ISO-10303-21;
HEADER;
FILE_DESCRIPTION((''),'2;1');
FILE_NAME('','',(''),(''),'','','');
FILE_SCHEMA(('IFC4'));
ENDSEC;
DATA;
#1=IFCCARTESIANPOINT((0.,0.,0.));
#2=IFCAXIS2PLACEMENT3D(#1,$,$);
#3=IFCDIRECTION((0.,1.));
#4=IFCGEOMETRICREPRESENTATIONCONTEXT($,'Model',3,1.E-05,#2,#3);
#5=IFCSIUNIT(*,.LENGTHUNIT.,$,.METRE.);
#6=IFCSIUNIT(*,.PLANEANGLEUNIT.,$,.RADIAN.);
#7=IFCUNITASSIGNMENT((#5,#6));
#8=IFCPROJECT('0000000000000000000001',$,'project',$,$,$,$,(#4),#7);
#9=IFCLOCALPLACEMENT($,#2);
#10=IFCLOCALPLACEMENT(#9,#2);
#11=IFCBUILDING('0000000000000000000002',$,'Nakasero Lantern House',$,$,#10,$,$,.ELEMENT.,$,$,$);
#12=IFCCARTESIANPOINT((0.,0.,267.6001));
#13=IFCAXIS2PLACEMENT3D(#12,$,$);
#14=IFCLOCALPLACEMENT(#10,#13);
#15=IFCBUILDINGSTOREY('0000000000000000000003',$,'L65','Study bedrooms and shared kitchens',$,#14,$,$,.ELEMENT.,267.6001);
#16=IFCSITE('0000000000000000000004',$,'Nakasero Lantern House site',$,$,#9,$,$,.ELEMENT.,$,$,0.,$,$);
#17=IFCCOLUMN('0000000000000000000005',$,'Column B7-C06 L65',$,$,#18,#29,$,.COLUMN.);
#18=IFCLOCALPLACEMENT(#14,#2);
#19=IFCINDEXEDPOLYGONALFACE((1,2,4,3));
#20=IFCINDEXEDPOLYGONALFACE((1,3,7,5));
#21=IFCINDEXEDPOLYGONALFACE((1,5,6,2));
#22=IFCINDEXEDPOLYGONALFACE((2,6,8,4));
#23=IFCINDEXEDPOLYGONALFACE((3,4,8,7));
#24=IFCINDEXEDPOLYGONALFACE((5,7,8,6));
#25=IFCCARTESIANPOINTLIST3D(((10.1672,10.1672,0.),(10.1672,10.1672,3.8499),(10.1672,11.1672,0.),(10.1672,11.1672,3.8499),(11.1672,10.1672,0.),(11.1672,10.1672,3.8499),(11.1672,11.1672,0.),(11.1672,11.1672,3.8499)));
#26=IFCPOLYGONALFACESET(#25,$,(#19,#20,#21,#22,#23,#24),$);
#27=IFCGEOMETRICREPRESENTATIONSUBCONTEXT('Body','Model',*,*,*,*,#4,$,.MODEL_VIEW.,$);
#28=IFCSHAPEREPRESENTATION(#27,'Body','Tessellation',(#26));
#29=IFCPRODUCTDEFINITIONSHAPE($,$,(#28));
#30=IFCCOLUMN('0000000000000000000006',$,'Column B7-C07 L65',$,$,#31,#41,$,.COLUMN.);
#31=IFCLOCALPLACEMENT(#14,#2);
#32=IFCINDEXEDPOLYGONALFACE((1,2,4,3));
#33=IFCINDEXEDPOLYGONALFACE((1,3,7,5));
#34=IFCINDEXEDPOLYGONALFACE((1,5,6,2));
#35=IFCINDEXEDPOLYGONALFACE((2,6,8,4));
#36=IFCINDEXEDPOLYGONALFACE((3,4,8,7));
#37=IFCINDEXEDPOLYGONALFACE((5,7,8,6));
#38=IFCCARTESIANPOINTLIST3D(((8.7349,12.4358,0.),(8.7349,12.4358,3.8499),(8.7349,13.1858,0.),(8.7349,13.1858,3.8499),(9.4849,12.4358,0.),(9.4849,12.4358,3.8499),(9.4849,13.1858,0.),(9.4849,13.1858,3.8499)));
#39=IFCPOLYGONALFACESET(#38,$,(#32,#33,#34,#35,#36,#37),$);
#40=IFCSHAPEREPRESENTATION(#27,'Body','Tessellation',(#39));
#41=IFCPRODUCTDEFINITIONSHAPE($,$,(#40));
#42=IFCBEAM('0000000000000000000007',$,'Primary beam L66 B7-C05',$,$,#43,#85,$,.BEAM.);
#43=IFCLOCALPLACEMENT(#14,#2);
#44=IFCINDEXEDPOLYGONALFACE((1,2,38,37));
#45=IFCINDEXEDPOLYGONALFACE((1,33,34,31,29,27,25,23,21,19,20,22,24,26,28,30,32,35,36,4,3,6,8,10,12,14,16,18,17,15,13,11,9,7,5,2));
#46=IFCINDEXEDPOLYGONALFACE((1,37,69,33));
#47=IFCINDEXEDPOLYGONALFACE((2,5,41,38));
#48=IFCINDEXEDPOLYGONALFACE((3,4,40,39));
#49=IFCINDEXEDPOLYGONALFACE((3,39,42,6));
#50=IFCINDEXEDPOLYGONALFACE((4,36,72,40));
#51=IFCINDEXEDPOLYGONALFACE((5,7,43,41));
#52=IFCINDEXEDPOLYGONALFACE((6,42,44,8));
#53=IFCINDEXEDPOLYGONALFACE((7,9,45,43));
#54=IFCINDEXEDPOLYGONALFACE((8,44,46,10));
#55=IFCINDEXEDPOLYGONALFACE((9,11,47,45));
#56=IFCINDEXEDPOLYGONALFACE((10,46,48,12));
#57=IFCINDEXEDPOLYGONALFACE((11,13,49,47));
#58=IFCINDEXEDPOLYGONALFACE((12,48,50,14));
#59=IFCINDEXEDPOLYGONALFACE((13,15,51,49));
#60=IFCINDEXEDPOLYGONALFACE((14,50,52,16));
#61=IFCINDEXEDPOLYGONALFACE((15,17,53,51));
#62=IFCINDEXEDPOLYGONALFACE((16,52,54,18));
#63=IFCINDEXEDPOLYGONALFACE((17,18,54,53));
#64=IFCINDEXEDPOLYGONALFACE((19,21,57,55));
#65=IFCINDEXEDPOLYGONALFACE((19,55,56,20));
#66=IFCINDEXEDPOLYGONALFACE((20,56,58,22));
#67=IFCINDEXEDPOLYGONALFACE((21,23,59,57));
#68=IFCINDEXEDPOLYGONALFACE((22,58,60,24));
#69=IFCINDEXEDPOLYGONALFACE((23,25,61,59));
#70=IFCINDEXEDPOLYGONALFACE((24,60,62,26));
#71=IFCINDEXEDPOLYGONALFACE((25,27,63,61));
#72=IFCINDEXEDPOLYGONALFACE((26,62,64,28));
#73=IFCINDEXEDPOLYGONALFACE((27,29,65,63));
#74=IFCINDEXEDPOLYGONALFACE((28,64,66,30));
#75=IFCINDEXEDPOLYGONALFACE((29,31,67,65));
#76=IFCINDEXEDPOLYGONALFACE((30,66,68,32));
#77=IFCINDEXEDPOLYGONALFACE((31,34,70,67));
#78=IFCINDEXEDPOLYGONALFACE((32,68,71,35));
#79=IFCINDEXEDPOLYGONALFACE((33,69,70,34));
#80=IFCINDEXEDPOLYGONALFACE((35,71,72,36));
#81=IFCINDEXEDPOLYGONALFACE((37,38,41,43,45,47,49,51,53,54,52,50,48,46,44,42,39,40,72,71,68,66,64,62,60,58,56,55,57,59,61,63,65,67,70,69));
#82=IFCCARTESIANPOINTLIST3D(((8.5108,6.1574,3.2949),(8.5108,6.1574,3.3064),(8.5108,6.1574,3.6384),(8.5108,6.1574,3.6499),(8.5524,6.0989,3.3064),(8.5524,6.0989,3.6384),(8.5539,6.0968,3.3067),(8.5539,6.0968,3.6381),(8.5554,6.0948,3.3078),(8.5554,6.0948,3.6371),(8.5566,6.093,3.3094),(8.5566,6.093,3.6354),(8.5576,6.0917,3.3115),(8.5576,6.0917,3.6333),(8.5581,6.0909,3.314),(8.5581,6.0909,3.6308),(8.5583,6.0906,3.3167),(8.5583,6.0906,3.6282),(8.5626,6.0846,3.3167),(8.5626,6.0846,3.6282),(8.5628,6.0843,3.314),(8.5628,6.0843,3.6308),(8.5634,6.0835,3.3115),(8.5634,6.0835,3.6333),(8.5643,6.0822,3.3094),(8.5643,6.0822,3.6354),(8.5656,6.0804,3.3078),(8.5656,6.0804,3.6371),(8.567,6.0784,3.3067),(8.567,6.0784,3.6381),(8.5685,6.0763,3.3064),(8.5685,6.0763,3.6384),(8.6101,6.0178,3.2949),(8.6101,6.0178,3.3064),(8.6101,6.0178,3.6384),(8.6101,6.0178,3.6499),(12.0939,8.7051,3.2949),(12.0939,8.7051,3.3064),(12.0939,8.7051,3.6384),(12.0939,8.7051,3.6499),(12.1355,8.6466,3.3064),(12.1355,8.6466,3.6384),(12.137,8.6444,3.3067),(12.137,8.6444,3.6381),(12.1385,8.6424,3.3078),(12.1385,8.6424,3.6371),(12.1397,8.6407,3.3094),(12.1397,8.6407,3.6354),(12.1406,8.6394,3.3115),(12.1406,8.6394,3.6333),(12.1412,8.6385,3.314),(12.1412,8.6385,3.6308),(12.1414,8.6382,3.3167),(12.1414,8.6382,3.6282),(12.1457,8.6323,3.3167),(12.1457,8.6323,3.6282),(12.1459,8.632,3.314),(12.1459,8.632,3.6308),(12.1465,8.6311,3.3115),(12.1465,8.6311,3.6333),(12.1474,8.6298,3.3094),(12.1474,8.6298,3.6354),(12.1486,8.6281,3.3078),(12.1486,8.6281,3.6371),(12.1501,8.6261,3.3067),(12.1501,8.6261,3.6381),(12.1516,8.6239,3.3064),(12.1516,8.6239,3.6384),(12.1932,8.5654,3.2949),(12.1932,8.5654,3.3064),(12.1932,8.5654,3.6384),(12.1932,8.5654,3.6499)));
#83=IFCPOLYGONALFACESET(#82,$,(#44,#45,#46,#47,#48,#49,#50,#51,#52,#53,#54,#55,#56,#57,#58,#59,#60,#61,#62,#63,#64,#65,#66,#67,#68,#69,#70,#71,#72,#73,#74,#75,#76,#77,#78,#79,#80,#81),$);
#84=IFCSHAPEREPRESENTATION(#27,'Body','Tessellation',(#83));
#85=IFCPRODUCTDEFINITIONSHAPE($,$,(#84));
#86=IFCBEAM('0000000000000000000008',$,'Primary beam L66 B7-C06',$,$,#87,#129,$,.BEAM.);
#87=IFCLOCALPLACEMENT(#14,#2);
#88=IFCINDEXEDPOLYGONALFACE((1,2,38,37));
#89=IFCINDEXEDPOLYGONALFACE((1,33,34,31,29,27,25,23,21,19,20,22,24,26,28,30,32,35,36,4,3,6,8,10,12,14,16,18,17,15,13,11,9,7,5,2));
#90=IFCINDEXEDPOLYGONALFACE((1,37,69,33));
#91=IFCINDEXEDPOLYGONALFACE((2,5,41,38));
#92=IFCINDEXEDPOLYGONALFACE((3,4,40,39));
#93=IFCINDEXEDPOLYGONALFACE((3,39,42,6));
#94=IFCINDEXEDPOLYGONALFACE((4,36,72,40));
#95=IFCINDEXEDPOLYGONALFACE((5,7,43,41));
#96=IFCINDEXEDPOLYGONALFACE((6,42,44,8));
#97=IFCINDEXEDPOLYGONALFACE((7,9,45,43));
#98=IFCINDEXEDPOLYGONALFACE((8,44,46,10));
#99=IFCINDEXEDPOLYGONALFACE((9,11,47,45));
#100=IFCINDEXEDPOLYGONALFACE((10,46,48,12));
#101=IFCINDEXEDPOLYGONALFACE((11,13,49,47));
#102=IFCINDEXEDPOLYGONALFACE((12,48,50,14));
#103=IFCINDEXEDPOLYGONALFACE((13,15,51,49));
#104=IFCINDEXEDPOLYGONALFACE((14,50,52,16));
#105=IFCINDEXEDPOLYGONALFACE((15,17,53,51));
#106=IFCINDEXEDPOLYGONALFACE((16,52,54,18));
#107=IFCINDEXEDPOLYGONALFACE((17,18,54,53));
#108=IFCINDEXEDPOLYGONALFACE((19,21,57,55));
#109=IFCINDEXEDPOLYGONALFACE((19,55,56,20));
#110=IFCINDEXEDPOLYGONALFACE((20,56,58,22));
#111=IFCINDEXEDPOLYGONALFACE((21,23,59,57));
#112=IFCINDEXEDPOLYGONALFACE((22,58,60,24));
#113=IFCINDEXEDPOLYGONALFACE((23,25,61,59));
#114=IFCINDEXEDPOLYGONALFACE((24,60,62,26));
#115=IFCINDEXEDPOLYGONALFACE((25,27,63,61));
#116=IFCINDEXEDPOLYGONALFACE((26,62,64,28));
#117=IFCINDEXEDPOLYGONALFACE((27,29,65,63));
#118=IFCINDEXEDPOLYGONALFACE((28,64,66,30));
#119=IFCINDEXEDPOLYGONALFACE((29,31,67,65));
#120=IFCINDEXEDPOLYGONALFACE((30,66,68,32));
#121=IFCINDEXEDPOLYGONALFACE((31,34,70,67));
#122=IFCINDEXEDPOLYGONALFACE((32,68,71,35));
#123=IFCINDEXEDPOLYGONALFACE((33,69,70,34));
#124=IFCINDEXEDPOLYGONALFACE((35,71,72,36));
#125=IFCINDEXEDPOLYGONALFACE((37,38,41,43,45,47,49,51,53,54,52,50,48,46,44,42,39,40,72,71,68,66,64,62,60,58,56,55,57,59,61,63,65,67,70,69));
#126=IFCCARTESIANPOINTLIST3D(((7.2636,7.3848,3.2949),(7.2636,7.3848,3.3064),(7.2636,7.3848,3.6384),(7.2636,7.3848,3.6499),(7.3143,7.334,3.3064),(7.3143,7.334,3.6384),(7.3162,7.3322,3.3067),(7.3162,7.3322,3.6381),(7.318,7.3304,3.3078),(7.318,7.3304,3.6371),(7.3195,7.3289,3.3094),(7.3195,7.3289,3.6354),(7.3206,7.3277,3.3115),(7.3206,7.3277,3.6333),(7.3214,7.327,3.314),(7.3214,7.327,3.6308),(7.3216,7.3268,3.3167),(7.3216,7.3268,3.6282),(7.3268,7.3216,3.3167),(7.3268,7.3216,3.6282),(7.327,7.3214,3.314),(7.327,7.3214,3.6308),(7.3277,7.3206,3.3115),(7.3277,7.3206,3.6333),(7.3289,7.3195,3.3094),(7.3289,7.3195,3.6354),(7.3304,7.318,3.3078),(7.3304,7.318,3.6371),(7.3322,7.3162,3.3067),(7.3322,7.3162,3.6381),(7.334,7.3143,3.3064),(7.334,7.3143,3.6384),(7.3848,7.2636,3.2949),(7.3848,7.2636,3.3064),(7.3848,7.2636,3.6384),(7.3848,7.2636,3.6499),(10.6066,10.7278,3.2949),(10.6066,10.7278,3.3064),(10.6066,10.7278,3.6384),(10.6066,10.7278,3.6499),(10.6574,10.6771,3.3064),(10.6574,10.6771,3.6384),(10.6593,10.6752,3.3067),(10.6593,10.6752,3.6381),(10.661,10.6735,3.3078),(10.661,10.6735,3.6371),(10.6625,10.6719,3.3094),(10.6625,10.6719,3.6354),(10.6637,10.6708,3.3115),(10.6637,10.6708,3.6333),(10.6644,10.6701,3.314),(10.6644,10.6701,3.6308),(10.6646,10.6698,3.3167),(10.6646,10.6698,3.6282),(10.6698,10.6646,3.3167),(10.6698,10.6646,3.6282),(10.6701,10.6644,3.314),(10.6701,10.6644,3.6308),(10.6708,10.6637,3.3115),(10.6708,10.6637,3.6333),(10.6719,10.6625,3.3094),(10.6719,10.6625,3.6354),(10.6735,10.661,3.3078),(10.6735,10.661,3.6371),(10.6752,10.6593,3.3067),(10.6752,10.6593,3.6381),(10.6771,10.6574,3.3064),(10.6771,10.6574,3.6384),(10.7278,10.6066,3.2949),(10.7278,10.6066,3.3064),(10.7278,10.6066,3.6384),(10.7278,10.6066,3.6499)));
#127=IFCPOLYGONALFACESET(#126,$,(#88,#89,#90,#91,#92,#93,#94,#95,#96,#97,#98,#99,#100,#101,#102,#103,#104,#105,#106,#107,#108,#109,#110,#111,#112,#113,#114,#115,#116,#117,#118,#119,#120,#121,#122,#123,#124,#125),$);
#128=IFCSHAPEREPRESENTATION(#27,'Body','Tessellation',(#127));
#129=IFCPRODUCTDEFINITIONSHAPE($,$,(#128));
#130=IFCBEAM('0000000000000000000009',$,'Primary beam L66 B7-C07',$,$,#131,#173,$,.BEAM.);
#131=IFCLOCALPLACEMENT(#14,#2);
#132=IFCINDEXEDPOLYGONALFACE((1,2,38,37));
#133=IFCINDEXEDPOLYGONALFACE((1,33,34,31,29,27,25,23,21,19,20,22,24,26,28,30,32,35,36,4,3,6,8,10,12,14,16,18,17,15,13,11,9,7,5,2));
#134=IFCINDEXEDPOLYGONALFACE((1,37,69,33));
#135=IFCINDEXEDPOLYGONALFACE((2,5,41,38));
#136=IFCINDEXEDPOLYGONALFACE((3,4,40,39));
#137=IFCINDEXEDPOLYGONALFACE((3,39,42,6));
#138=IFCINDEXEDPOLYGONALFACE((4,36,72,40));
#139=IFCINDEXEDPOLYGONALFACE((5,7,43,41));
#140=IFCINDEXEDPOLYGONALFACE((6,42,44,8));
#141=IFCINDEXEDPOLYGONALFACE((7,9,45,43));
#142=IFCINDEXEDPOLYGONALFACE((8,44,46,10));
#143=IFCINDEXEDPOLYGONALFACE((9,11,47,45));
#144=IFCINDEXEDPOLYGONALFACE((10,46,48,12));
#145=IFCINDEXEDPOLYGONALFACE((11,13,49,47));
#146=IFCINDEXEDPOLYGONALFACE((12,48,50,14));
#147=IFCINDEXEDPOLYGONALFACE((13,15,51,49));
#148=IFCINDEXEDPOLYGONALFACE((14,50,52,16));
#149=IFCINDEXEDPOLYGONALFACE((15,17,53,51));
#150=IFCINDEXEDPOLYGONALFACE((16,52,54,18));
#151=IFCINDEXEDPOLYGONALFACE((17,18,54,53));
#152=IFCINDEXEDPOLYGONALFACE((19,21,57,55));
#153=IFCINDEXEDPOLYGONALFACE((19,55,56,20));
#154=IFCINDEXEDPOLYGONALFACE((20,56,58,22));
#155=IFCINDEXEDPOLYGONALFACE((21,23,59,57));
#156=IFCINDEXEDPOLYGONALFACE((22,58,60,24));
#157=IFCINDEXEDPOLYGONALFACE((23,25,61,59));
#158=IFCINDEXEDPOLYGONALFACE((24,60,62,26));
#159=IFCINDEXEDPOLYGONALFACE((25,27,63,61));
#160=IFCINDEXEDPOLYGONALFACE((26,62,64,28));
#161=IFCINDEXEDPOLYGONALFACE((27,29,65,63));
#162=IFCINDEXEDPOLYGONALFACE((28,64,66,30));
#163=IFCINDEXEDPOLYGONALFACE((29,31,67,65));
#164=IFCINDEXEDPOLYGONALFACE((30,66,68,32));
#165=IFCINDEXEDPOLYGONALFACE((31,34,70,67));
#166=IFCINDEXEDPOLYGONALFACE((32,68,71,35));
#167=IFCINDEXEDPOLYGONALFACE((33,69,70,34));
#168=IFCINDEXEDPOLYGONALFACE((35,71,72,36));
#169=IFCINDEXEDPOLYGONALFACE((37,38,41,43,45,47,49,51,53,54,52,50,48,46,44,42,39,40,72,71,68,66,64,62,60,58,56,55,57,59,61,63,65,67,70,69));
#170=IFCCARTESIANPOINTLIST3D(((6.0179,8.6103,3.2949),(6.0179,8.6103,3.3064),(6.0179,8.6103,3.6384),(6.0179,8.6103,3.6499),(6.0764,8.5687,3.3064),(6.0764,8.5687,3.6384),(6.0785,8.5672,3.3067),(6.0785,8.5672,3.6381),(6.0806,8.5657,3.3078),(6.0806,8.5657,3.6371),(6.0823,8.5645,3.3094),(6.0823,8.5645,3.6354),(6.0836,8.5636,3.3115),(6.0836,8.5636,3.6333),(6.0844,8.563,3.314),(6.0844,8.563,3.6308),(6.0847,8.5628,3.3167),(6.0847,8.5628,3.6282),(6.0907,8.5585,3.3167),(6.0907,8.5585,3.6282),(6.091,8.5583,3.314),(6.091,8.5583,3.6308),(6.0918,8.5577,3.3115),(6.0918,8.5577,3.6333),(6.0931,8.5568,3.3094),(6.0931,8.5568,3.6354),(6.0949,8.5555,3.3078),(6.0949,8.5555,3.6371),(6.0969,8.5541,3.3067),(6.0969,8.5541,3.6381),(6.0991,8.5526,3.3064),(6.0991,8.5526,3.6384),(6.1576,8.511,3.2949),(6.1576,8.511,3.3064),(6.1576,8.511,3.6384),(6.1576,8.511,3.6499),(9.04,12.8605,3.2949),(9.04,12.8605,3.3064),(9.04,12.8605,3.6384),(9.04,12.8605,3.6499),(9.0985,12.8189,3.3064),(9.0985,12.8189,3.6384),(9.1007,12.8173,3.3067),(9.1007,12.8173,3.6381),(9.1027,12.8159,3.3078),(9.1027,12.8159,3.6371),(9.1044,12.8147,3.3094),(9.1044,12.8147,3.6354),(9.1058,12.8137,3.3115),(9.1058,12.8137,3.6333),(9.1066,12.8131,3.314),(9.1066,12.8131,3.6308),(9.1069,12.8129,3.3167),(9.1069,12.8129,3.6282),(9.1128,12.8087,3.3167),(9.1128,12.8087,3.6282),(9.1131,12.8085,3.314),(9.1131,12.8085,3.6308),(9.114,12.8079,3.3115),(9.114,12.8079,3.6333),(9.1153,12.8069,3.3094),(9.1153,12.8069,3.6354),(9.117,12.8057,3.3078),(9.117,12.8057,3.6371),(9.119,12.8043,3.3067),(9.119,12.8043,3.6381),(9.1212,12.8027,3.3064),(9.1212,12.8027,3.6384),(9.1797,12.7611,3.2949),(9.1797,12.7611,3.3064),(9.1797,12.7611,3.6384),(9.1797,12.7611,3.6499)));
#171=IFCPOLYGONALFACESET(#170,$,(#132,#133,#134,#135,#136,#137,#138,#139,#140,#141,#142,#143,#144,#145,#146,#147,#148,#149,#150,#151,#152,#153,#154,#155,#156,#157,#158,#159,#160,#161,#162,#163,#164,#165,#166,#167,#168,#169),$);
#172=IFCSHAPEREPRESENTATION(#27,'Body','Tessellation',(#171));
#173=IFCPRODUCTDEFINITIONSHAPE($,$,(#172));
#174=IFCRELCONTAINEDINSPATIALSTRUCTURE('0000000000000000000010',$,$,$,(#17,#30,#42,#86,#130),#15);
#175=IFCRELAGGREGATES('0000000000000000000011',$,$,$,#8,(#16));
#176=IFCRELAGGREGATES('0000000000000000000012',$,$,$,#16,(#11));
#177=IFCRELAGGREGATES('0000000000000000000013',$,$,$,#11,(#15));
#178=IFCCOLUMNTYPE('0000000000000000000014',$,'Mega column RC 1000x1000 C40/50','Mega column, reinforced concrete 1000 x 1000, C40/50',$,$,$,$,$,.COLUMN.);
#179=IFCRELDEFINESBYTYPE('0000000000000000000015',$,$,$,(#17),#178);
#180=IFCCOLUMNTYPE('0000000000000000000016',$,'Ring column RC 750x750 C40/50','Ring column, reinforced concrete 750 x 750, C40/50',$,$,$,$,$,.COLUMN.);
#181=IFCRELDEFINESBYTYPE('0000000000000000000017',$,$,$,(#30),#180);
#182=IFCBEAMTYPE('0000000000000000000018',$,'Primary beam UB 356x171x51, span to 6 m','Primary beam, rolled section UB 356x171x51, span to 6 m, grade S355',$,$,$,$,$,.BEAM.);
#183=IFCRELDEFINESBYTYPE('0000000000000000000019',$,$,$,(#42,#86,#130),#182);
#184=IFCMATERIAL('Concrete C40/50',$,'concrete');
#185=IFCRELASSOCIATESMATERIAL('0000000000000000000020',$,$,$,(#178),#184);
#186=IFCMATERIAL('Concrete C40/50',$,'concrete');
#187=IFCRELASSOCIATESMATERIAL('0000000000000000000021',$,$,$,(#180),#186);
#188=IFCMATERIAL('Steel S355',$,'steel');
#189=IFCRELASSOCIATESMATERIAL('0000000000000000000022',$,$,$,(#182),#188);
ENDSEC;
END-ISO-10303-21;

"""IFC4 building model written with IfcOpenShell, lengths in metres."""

from ifc_helpers import new_model, si_unit, direction, frame, origin, origin_2d, place, context, subcontext, project, spatial, rectangle, i_section, extrude, material, material_profile, profile_set, type_object, element, save


model = new_model("IFC4")

# Units and contexts
model_context = context("Model", 3, precision=1e-05, world=origin(), true_north=direction((0.0, 1.0)))
body_context = subcontext(model_context, "Body", "Model", "MODEL_VIEW")
ifc_project = project(units=[si_unit("LENGTHUNIT", "METRE"), si_unit("PLANEANGLEUNIT", "RADIAN")], contexts=[model_context])

# Site, building, storey
site_placement = place(None, origin())
site = spatial("IfcSite", under=ifc_project, at=site_placement, Name="Nakasero Lantern House site", CompositionType="ELEMENT", RefElevation=0.0)
building_placement = place(site_placement, origin())
building = spatial("IfcBuilding", under=site, at=building_placement, Name="Nakasero Lantern House", CompositionType="ELEMENT")
storey_placement = place(building_placement, frame((0.0, 0.0, 267.6001)))
storey = spatial("IfcBuildingStorey", under=building, at=storey_placement, Name="L65", Description="Study bedrooms and shared kitchens", CompositionType="ELEMENT", Elevation=267.6001)

# Columns
ifc_material_1 = material(Name="Concrete C40/50", Category="concrete")
ifc_material_profile_1 = material_profile(ifc_material_1, rectangle(XDim=1.0, YDim=1.0, at=origin_2d()), Name="RC 1000x1000")
ifc_profile_set_1 = profile_set([ifc_material_profile_1], Name="Concrete C40/50")
column_type_1 = type_object("IfcColumnType", Name="Mega column RC 1000x1000 C40/50", Description="Mega column, reinforced concrete 1000 x 1000, C40/50", PredefinedType="COLUMN", material=ifc_profile_set_1)
column_1_placement = place(storey_placement, frame((10.6672, 10.6672, 0.0), z_axis=(0.0, 0.0, 1.0), x_axis=(1.0, 0.0, 0.0)))
element("IfcColumn", 1, at=column_1_placement, inside=storey, type_object=column_type_1, Name="Column B7-C06 L65", PredefinedType="COLUMN", context=body_context, shape_type="SweptSolid", body=[
    extrude(rectangle(XDim=1.0, YDim=1.0, at=origin_2d()), origin(), (0.0, 0.0, 1.0), 3.8499),
])
ifc_material_2 = material(Name="Concrete C40/50", Category="concrete")
ifc_material_profile_2 = material_profile(ifc_material_2, rectangle(XDim=0.75, YDim=0.75, at=origin_2d()), Name="RC 750x750")
ifc_profile_set_2 = profile_set([ifc_material_profile_2], Name="Concrete C40/50")
column_type_2 = type_object("IfcColumnType", Name="Ring column RC 750x750 C40/50", Description="Ring column, reinforced concrete 750 x 750, C40/50", PredefinedType="COLUMN", material=ifc_profile_set_2)
column_2_placement = place(storey_placement, frame((9.1099, 12.8108, 0.0), z_axis=(0.0, 0.0, 1.0), x_axis=(1.0, 0.0, 0.0)))
element("IfcColumn", 2, at=column_2_placement, inside=storey, type_object=column_type_2, Name="Column B7-C07 L65", PredefinedType="COLUMN", context=body_context, shape_type="SweptSolid", body=[
    extrude(rectangle(XDim=0.75, YDim=0.75, at=origin_2d()), origin(), (0.0, 0.0, 1.0), 3.8499),
])

# Beams
ifc_material_3 = material(Name="Steel S355", Category="steel")
ifc_material_profile_3 = material_profile(ifc_material_3, i_section(OverallWidth=0.1714, OverallDepth=0.355, WebThickness=0.0073, FlangeThickness=0.0115, FilletRadius=0.0103, at=origin_2d()), Name="UB 356x171x51")
ifc_profile_set_3 = profile_set([ifc_material_profile_3], Name="Steel S355")
beam_type_1 = type_object("IfcBeamType", Name="Primary beam UB 356x171x51, span to 6 m", Description="Primary beam, rolled section UB 356x171x51, span to 6 m, grade S355", PredefinedType="BEAM", material=ifc_profile_set_3)
beam_1_placement = place(storey_placement, frame((12.1436, 8.6353, 3.4724), z_axis=(-0.814989, -0.579477, 0.0), x_axis=(0.579477, -0.814989, 0.0)))
element("IfcBeam", 3, at=beam_1_placement, inside=storey, type_object=beam_type_1, Name="Primary beam L66 B7-C05", PredefinedType="BEAM", context=body_context, shape_type="SweptSolid", body=[
    extrude(i_section(OverallWidth=0.1714, OverallDepth=0.355, WebThickness=0.0073, FlangeThickness=0.0115, FilletRadius=0.0103, at=origin_2d()), origin(), (0.0, 0.0, 1.0), 4.3965),
])
beam_2_placement = place(storey_placement, frame((10.6672, 10.6672, 3.4724), z_axis=(-0.707107, -0.707107, 0.0), x_axis=(0.707107, -0.707107, 0.0)))
element("IfcBeam", 4, at=beam_2_placement, inside=storey, type_object=beam_type_1, Name="Primary beam L66 B7-C06", PredefinedType="BEAM", context=body_context, shape_type="SweptSolid", body=[
    extrude(i_section(OverallWidth=0.1714, OverallDepth=0.355, WebThickness=0.0073, FlangeThickness=0.0115, FilletRadius=0.0103, at=origin_2d()), origin(), (0.0, 0.0, 1.0), 4.7278),
])
beam_3_placement = place(storey_placement, frame((9.1099, 12.8108, 3.4724), z_axis=(-0.579501, -0.814972, 0.0), x_axis=(0.814972, -0.579501, 0.0)))
element("IfcBeam", 5, at=beam_3_placement, inside=storey, type_object=beam_type_1, Name="Primary beam L66 B7-C07", PredefinedType="BEAM", context=body_context, shape_type="SweptSolid", body=[
    extrude(i_section(OverallWidth=0.1714, OverallDepth=0.355, WebThickness=0.0073, FlangeThickness=0.0115, FilletRadius=0.0103, at=origin_2d()), origin(), (0.0, 0.0, 1.0), 5.2151),
])

save(model, "model.ifc")
